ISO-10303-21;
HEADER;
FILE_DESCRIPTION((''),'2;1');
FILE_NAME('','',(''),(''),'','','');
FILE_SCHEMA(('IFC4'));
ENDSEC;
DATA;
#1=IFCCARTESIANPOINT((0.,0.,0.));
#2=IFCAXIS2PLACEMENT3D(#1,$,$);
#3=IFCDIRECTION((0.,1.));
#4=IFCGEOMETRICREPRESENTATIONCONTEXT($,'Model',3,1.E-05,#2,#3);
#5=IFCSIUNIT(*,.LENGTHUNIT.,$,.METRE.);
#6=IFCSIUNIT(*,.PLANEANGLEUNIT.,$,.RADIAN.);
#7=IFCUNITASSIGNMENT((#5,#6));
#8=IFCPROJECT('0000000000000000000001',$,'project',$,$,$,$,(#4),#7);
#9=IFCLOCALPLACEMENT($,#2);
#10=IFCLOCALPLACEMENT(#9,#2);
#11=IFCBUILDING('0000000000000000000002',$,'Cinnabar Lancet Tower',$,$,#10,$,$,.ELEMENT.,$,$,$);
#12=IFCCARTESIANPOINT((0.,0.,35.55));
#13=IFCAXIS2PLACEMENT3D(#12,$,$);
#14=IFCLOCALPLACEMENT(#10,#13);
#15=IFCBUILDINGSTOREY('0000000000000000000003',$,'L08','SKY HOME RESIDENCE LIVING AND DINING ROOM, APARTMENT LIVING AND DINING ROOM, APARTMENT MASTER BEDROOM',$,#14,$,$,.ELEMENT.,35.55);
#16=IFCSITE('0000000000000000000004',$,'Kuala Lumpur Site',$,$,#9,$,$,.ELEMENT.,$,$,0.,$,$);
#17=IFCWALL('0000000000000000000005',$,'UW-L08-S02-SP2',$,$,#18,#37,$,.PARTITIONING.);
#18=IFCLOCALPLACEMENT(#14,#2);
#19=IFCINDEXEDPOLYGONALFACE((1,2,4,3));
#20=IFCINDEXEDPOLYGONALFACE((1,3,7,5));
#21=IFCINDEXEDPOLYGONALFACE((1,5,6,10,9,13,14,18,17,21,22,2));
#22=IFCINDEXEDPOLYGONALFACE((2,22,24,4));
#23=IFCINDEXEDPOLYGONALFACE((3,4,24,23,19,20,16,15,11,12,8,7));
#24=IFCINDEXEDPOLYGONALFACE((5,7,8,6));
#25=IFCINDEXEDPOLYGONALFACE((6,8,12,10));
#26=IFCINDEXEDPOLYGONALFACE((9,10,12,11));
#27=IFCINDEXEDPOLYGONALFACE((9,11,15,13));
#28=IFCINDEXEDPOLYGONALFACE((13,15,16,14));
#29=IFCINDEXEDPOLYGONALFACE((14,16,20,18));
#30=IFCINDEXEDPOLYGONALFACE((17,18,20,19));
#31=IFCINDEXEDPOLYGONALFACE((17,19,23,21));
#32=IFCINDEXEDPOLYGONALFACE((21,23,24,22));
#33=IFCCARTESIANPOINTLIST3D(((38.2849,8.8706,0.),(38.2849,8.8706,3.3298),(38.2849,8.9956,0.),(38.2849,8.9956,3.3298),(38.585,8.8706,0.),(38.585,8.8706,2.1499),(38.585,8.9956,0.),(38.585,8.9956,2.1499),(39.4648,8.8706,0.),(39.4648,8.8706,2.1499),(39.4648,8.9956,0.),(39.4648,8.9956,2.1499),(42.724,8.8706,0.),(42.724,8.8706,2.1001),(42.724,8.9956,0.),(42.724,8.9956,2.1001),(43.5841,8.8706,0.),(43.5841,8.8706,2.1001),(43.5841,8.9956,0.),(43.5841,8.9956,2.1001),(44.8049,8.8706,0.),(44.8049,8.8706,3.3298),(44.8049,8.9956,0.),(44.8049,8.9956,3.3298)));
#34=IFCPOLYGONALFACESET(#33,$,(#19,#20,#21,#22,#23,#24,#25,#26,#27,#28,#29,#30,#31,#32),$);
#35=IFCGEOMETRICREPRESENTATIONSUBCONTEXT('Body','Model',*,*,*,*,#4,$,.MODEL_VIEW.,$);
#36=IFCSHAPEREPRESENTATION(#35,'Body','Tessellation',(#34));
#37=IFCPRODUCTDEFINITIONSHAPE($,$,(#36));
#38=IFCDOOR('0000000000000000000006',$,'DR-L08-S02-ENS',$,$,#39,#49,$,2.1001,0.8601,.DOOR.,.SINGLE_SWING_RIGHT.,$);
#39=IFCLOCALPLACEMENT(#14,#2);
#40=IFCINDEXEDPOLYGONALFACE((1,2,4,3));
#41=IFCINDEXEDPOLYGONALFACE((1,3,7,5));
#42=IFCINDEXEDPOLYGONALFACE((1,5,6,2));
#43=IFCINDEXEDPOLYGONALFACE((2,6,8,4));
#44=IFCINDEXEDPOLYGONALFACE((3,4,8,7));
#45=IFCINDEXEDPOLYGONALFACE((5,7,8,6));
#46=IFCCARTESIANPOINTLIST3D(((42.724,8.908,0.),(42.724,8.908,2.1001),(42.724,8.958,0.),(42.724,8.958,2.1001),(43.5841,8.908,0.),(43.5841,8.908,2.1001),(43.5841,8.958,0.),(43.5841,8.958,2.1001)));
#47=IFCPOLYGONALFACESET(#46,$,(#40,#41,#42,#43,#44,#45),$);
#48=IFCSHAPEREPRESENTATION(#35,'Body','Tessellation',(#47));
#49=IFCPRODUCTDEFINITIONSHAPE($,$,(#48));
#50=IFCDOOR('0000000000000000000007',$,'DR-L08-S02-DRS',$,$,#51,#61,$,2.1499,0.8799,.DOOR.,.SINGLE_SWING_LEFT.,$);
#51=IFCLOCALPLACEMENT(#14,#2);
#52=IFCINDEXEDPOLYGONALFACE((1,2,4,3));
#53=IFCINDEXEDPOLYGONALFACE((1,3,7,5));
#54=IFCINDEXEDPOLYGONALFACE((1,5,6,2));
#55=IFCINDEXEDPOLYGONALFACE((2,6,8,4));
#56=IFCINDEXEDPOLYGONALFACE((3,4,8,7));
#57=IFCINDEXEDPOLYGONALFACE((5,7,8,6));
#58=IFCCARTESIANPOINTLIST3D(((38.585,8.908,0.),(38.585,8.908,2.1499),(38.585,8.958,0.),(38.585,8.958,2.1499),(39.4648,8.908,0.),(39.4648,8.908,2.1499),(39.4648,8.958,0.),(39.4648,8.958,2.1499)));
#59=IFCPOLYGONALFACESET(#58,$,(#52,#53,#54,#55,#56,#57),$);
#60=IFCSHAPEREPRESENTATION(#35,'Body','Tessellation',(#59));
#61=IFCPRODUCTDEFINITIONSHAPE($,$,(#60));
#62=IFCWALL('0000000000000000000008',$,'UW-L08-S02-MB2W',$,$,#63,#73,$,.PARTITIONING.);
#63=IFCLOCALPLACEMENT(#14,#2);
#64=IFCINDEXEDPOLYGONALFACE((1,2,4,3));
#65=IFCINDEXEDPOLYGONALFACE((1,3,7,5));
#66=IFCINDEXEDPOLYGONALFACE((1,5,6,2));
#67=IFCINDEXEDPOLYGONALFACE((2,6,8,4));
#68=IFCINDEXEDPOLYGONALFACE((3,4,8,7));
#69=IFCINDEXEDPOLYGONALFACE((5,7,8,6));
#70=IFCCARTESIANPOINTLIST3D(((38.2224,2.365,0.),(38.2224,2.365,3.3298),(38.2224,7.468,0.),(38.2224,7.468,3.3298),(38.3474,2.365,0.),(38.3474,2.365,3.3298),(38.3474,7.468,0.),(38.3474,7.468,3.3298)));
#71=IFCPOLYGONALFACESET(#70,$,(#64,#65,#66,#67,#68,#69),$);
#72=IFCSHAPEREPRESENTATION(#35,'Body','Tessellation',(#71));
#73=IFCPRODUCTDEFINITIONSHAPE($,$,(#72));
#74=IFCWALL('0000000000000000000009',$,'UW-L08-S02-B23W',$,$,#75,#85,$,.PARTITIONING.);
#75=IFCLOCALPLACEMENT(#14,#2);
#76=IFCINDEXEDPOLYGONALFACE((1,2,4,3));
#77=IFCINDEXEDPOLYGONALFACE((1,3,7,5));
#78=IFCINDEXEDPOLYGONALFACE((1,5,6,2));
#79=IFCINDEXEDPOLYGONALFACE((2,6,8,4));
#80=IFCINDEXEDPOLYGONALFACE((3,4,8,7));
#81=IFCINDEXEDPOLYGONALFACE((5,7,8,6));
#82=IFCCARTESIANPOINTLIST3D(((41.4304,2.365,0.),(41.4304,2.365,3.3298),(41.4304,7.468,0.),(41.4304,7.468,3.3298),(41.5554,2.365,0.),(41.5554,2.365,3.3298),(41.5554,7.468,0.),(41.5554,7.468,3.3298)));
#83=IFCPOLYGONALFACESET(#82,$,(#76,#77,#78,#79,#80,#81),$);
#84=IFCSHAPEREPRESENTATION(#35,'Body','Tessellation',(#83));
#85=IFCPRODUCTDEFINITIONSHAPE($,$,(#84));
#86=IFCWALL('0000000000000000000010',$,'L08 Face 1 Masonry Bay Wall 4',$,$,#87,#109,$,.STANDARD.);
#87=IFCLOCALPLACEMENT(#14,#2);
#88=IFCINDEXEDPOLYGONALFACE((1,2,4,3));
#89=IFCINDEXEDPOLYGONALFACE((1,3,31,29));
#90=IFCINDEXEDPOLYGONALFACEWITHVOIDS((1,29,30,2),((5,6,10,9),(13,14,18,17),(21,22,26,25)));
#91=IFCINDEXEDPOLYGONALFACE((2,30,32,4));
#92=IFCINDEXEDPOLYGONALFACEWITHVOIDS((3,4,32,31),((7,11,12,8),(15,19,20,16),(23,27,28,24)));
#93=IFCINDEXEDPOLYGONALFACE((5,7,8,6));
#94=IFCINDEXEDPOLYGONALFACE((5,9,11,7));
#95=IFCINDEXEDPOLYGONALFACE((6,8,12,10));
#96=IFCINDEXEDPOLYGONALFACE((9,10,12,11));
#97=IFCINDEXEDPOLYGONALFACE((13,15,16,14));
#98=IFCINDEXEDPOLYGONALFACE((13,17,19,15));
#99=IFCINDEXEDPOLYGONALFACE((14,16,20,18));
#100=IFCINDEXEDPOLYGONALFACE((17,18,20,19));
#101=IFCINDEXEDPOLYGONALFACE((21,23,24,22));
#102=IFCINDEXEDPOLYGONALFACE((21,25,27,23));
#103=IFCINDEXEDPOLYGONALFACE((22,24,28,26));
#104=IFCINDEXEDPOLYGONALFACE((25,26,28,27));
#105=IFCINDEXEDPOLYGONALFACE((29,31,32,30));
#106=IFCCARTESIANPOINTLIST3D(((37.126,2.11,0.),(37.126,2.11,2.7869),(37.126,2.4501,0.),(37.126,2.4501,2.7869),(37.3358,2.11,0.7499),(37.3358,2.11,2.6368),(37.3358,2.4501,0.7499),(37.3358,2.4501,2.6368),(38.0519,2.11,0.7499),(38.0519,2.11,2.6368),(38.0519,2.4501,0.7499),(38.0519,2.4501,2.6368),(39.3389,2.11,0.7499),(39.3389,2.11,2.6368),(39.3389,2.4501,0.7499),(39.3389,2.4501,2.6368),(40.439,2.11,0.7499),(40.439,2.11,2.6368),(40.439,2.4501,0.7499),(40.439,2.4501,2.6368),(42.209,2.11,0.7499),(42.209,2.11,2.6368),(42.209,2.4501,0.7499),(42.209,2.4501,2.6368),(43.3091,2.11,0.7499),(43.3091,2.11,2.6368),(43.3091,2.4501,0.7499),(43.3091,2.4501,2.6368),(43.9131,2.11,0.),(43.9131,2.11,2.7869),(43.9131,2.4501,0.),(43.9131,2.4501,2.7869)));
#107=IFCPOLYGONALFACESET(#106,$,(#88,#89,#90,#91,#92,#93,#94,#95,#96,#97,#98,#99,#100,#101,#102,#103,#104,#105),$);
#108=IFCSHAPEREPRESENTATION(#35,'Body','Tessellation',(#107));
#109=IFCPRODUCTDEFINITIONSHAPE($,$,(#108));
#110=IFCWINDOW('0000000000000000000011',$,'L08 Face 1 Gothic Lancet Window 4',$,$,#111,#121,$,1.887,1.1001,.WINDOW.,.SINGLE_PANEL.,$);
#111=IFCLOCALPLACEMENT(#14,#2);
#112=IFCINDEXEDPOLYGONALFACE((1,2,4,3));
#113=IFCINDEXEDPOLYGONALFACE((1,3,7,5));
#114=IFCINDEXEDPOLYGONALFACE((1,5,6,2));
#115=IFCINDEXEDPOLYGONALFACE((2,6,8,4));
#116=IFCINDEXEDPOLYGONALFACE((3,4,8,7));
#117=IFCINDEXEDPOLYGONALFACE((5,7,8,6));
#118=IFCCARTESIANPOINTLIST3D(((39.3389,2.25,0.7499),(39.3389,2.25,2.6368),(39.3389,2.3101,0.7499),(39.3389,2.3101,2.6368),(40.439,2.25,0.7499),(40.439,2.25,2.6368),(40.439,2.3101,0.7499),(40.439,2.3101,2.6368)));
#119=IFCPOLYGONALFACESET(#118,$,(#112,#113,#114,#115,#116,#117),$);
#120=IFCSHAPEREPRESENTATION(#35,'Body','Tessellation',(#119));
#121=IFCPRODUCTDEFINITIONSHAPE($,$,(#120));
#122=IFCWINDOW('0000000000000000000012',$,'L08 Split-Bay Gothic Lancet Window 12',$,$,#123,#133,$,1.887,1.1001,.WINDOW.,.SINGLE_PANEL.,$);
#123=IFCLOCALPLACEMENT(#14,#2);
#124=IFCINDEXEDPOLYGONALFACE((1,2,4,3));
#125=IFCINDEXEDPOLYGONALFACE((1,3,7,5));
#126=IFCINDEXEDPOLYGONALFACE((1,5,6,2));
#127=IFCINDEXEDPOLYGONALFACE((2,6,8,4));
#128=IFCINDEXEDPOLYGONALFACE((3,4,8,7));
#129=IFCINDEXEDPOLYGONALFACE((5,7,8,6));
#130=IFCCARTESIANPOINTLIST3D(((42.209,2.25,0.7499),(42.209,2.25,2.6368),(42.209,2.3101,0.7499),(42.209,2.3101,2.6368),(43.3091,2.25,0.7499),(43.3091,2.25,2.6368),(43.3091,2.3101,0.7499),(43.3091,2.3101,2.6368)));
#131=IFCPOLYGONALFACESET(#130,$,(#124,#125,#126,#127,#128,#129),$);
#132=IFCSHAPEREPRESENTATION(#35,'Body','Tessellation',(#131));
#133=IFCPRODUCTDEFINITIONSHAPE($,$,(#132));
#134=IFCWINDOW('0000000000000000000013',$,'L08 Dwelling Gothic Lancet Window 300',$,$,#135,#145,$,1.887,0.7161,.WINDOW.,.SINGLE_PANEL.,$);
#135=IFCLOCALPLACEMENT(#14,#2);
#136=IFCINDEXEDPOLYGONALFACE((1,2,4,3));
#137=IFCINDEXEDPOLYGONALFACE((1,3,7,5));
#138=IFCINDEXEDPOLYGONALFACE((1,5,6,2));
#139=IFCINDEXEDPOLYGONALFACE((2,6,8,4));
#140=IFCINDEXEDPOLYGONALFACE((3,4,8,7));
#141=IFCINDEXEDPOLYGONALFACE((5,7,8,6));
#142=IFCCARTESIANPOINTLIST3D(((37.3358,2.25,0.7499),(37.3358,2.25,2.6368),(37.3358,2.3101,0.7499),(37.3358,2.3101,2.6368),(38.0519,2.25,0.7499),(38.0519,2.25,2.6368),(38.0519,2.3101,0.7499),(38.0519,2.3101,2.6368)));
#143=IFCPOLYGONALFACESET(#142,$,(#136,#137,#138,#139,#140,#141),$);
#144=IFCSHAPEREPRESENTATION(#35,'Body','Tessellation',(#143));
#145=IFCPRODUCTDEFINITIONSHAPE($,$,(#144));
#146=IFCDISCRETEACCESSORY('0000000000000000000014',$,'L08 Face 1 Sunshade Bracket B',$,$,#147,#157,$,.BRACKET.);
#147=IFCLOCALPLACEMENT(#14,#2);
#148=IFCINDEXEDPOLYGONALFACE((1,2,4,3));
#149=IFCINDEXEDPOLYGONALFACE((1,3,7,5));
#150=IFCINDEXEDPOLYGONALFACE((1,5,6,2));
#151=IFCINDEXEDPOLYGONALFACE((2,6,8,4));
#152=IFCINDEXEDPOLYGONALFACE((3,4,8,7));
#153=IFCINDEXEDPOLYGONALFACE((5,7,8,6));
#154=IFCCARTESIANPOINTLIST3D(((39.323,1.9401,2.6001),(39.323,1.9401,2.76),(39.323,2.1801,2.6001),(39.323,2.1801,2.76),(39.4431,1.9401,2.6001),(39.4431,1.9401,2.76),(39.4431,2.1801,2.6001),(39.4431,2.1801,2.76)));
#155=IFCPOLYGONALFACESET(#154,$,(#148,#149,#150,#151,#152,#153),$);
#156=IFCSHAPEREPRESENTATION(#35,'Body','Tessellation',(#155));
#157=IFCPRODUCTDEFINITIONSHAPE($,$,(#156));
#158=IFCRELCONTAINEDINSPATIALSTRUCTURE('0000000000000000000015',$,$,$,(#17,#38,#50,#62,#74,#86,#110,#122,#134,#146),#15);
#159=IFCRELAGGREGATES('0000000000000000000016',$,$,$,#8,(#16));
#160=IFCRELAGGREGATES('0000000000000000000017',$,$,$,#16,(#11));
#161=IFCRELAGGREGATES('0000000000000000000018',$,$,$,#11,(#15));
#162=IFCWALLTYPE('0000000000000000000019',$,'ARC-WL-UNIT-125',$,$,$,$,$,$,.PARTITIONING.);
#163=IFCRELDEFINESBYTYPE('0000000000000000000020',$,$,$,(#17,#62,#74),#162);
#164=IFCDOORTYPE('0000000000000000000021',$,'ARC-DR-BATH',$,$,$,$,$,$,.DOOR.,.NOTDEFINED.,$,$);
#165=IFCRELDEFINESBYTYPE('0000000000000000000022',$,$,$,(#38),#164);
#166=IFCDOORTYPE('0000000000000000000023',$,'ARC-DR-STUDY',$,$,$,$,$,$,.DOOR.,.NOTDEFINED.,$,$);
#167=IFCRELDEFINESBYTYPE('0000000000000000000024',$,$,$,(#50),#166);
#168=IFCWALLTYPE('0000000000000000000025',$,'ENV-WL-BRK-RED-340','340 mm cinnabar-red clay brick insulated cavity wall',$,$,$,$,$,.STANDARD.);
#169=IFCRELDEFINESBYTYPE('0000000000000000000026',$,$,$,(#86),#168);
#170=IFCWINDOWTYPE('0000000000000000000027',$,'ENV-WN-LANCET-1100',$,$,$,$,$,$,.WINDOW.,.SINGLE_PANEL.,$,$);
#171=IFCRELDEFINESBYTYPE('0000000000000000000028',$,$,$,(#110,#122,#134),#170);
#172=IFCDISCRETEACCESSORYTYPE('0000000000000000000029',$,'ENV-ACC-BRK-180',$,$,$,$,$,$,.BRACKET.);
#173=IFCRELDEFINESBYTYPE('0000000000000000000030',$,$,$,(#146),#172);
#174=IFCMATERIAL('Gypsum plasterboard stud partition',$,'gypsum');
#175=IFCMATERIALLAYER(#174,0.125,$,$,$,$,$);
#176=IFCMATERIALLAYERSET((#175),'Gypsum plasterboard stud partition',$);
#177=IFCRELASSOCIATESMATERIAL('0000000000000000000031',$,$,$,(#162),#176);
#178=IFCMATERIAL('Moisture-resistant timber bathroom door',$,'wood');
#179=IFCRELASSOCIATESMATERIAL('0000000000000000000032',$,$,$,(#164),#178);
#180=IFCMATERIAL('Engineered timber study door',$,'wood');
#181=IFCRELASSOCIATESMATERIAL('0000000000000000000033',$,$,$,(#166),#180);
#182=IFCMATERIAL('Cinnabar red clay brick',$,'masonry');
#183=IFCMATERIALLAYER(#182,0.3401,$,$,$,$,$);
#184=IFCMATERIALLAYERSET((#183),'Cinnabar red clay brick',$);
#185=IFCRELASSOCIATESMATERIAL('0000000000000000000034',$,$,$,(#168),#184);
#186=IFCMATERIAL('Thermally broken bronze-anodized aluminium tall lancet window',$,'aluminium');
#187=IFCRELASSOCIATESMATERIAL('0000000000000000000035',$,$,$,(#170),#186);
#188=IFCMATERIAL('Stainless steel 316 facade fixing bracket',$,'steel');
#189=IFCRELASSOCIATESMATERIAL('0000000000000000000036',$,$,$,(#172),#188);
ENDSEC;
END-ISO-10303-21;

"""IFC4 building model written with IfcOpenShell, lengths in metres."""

from ifc_helpers import new_model, si_unit, direction, frame, frame_2d, origin, origin_2d, place, context, subcontext, project, spatial, rectangle, extrude, material, layer, layer_set, type_object, element, fill, save


model = new_model("IFC4")

# Units and contexts
model_context = context("Model", 3, precision=1e-05, world=origin(), true_north=direction((0.0, 1.0)))
body_context = subcontext(model_context, "Body", "Model", "MODEL_VIEW")
ifc_project = project(units=[si_unit("LENGTHUNIT", "METRE"), si_unit("PLANEANGLEUNIT", "RADIAN")], contexts=[model_context])

# Site, building, storey
site_placement = place(None, origin())
site = spatial("IfcSite", under=ifc_project, at=site_placement, Name="Kuala Lumpur Site", CompositionType="ELEMENT", RefElevation=0.0)
building_placement = place(site_placement, origin())
building = spatial("IfcBuilding", under=site, at=building_placement, Name="Cinnabar Lancet Tower", CompositionType="ELEMENT")
storey_placement = place(building_placement, frame((0.0, 0.0, 35.55)))
storey = spatial("IfcBuildingStorey", under=building, at=storey_placement, Name="L08", Description="SKY HOME RESIDENCE LIVING AND DINING ROOM, APARTMENT LIVING AND DINING ROOM, APARTMENT MASTER BEDROOM", CompositionType="ELEMENT", Elevation=35.55)

# Wall, openings, doors
ifc_material_1 = material(Name="Gypsum plasterboard stud partition", Category="gypsum")
ifc_layer_1 = layer(ifc_material_1, 0.125)
ifc_layer_set_1 = layer_set([ifc_layer_1], Name="Gypsum plasterboard stud partition")
wall_type_1 = type_object("IfcWallType", Name="ARC-WL-UNIT-125", PredefinedType="PARTITIONING", material=ifc_layer_set_1)
wall_1_placement = place(storey_placement, frame((38.2849, 8.9331, 0.0), z_axis=(0.0, 0.0, 1.0), x_axis=(1.0, 0.0, 0.0)))
wall_1 = element("IfcWall", 1, at=wall_1_placement, inside=storey, type_object=wall_type_1, Name="UW-L08-S02-SP2", PredefinedType="PARTITIONING", context=body_context, shape_type="SweptSolid", body=[
    extrude(rectangle(XDim=6.52, YDim=0.125, at=frame_2d((3.26, 0.0))), origin(), (0.0, 0.0, 1.0), 3.3298),
])
opening_1_placement = place(wall_1_placement, frame((4.439, 0.0, 0.0)))
opening_1 = element("IfcOpeningElement", 2, at=opening_1_placement, cuts=wall_1, PredefinedType="OPENING", context=body_context, shape_type="SweptSolid", body=[
    extrude(rectangle(XDim=0.8601, YDim=2.1001, at=frame_2d((0.4302, 1.05))), frame((0.0, 0.0725, 0.0), z_axis=(0.0, -1.0, 0.0), x_axis=(1.0, 0.0, 0.0)), (0.0, 0.0, 1.0), 0.145),
])
opening_2_placement = place(wall_1_placement, frame((0.3, 0.0, 0.0)))
opening_2 = element("IfcOpeningElement", 3, at=opening_2_placement, cuts=wall_1, PredefinedType="OPENING", context=body_context, shape_type="SweptSolid", body=[
    extrude(rectangle(XDim=0.8799, YDim=2.1499, at=frame_2d((0.4399, 1.075))), frame((0.0, 0.0725, 0.0), z_axis=(0.0, -1.0, 0.0), x_axis=(1.0, 0.0, 0.0)), (0.0, 0.0, 1.0), 0.145),
])
ifc_material_2 = material(Name="Moisture-resistant timber bathroom door", Category="wood")
door_type_1 = type_object("IfcDoorType", Name="ARC-DR-BATH", OperationType="NOTDEFINED", PredefinedType="DOOR", material=ifc_material_2)
door_1_placement = place(opening_1_placement, origin())
door_1 = element("IfcDoor", 4, at=door_1_placement, inside=storey, type_object=door_type_1, Name="DR-L08-S02-ENS", OperationType="SINGLE_SWING_RIGHT", OverallHeight=2.1001, OverallWidth=0.8601, PredefinedType="DOOR", context=body_context, shape_type="SweptSolid", body=[
    extrude(rectangle(XDim=0.8601, YDim=2.1001, at=frame_2d((0.4302, 1.05))), frame((0.0, 0.0249, 0.0), z_axis=(0.0, -1.0, 0.0), x_axis=(1.0, 0.0, 0.0)), (0.0, 0.0, 1.0), 0.05),
])
fill(opening_1, door_1)
ifc_material_3 = material(Name="Engineered timber study door", Category="wood")
door_type_2 = type_object("IfcDoorType", Name="ARC-DR-STUDY", OperationType="NOTDEFINED", PredefinedType="DOOR", material=ifc_material_3)
door_2_placement = place(opening_2_placement, origin())
door_2 = element("IfcDoor", 5, at=door_2_placement, inside=storey, type_object=door_type_2, Name="DR-L08-S02-DRS", OperationType="SINGLE_SWING_LEFT", OverallHeight=2.1499, OverallWidth=0.8799, PredefinedType="DOOR", context=body_context, shape_type="SweptSolid", body=[
    extrude(rectangle(XDim=0.8799, YDim=2.1499, at=frame_2d((0.4399, 1.075))), frame((0.0, 0.0249, 0.0), z_axis=(0.0, -1.0, 0.0), x_axis=(1.0, 0.0, 0.0)), (0.0, 0.0, 1.0), 0.05),
])
fill(opening_2, door_2)

# Walls
for number, where, z_axis, x_axis, name in (
    (6, (38.2849, 2.365, 0.0), (0.0, 0.0, 1.0), (0.0, 1.0, 0.0), "UW-L08-S02-MB2W"),
    (7, (41.4929, 2.365, 0.0), (0.0, 0.0, 1.0), (0.0, 1.0, 0.0), "UW-L08-S02-B23W"),
):
    element("IfcWall", number, at=place(storey_placement, frame(where, z_axis=z_axis, x_axis=x_axis)), inside=storey, type_object=wall_type_1, Name=name, PredefinedType="PARTITIONING", context=body_context, shape_type="SweptSolid", body=[
        extrude(rectangle(XDim=5.103, YDim=0.125, at=frame_2d((2.5515, 0.0))), origin(), (0.0, 0.0, 1.0), 3.3298),
    ])

# Wall, openings, windows
ifc_material_4 = material(Name="Cinnabar red clay brick", Category="masonry")
ifc_layer_2 = layer(ifc_material_4, 0.3401)
ifc_layer_set_2 = layer_set([ifc_layer_2], Name="Cinnabar red clay brick")
wall_type_2 = type_object("IfcWallType", Name="ENV-WL-BRK-RED-340", Description="340 mm cinnabar-red clay brick insulated cavity wall", PredefinedType="STANDARD", material=ifc_layer_set_2)
wall_2_placement = place(storey_placement, frame((37.126, 2.28, 0.0), z_axis=(0.0, 0.0, 1.0), x_axis=(1.0, 0.0, 0.0)))
wall_2 = element("IfcWall", 8, at=wall_2_placement, inside=storey, type_object=wall_type_2, Name="L08 Face 1 Masonry Bay Wall 4", PredefinedType="STANDARD", context=body_context, shape_type="SweptSolid", body=[
    extrude(rectangle(XDim=6.7871, YDim=0.3401, at=frame_2d((3.3936, 0.0))), origin(), (0.0, 0.0, 1.0), 2.7869),
])
opening_3_placement = place(wall_2_placement, frame((2.2129, 0.0, 0.75)))
opening_3 = element("IfcOpeningElement", 9, at=opening_3_placement, cuts=wall_2, PredefinedType="OPENING", context=body_context, shape_type="SweptSolid", body=[
    extrude(rectangle(XDim=1.1001, YDim=1.887, at=frame_2d((0.55, 0.9434))), frame((0.0, 0.1799, 0.0), z_axis=(0.0, -1.0, 0.0), x_axis=(1.0, 0.0, 0.0)), (0.0, 0.0, 1.0), 0.3601),
])
opening_4_placement = place(wall_2_placement, frame((5.083, 0.0, 0.75)))
opening_4 = element("IfcOpeningElement", 10, at=opening_4_placement, cuts=wall_2, PredefinedType="OPENING", context=body_context, shape_type="SweptSolid", body=[
    extrude(rectangle(XDim=1.1001, YDim=1.887, at=frame_2d((0.55, 0.9434))), frame((0.0, 0.1799, 0.0), z_axis=(0.0, -1.0, 0.0), x_axis=(1.0, 0.0, 0.0)), (0.0, 0.0, 1.0), 0.3601),
])
opening_5_placement = place(wall_2_placement, frame((0.21, 0.0, 0.75)))
opening_5 = element("IfcOpeningElement", 11, at=opening_5_placement, cuts=wall_2, PredefinedType="OPENING", context=body_context, shape_type="SweptSolid", body=[
    extrude(rectangle(XDim=0.7161, YDim=1.887, at=frame_2d((0.3579, 0.9434))), frame((0.0, 0.1799, 0.0), z_axis=(0.0, -1.0, 0.0), x_axis=(1.0, 0.0, 0.0)), (0.0, 0.0, 1.0), 0.3601),
])
ifc_material_5 = material(Name="Thermally broken bronze-anodized aluminium tall lancet window", Category="aluminium")
window_type = type_object("IfcWindowType", Name="ENV-WN-LANCET-1100", PartitioningType="SINGLE_PANEL", PredefinedType="WINDOW", material=ifc_material_5)
window_1_placement = place(opening_3_placement, origin())
window_1 = element("IfcWindow", 12, at=window_1_placement, inside=storey, type_object=window_type, Name="L08 Face 1 Gothic Lancet Window 4", OverallHeight=1.887, OverallWidth=1.1001, PartitioningType="SINGLE_PANEL", PredefinedType="WINDOW", context=body_context, shape_type="SweptSolid", body=[
    extrude(rectangle(XDim=1.1001, YDim=1.887, at=frame_2d((0.55, 0.9434))), frame((0.0, 0.03, 0.0), z_axis=(0.0, -1.0, 0.0), x_axis=(1.0, 0.0, 0.0)), (0.0, 0.0, 1.0), 0.0601),
])
fill(opening_3, window_1)
window_2_placement = place(opening_4_placement, origin())
window_2 = element("IfcWindow", 13, at=window_2_placement, inside=storey, type_object=window_type, Name="L08 Split-Bay Gothic Lancet Window 12", OverallHeight=1.887, OverallWidth=1.1001, PartitioningType="SINGLE_PANEL", PredefinedType="WINDOW", context=body_context, shape_type="SweptSolid", body=[
    extrude(rectangle(XDim=1.1001, YDim=1.887, at=frame_2d((0.55, 0.9434))), frame((0.0, 0.03, 0.0), z_axis=(0.0, -1.0, 0.0), x_axis=(1.0, 0.0, 0.0)), (0.0, 0.0, 1.0), 0.0601),
])
fill(opening_4, window_2)
window_3_placement = place(opening_5_placement, origin())
window_3 = element("IfcWindow", 14, at=window_3_placement, inside=storey, type_object=window_type, Name="L08 Dwelling Gothic Lancet Window 300", OverallHeight=1.887, OverallWidth=0.7161, PartitioningType="SINGLE_PANEL", PredefinedType="WINDOW", context=body_context, shape_type="SweptSolid", body=[
    extrude(rectangle(XDim=0.7161, YDim=1.887, at=frame_2d((0.3579, 0.9434))), frame((0.0, 0.03, 0.0), z_axis=(0.0, -1.0, 0.0), x_axis=(1.0, 0.0, 0.0)), (0.0, 0.0, 1.0), 0.0601),
])
fill(opening_5, window_3)

# Discrete accessory
ifc_material_6 = material(Name="Stainless steel 316 facade fixing bracket", Category="steel")
discrete_accessory_type = type_object("IfcDiscreteAccessoryType", Name="ENV-ACC-BRK-180", PredefinedType="BRACKET", material=ifc_material_6)
discrete_accessory_placement = place(storey_placement, frame((39.3831, 2.0601, 2.6001), z_axis=(0.0, 0.0, 1.0), x_axis=(1.0, 0.0, 0.0)))
element("IfcDiscreteAccessory", 15, at=discrete_accessory_placement, inside=storey, type_object=discrete_accessory_type, Name="L08 Face 1 Sunshade Bracket B", PredefinedType="BRACKET", context=body_context, shape_type="SweptSolid", body=[
    extrude(rectangle(XDim=0.1201, YDim=0.24, at=origin_2d()), origin(), (0.0, 0.0, 1.0), 0.1599),
])

save(model, "model.ifc")
